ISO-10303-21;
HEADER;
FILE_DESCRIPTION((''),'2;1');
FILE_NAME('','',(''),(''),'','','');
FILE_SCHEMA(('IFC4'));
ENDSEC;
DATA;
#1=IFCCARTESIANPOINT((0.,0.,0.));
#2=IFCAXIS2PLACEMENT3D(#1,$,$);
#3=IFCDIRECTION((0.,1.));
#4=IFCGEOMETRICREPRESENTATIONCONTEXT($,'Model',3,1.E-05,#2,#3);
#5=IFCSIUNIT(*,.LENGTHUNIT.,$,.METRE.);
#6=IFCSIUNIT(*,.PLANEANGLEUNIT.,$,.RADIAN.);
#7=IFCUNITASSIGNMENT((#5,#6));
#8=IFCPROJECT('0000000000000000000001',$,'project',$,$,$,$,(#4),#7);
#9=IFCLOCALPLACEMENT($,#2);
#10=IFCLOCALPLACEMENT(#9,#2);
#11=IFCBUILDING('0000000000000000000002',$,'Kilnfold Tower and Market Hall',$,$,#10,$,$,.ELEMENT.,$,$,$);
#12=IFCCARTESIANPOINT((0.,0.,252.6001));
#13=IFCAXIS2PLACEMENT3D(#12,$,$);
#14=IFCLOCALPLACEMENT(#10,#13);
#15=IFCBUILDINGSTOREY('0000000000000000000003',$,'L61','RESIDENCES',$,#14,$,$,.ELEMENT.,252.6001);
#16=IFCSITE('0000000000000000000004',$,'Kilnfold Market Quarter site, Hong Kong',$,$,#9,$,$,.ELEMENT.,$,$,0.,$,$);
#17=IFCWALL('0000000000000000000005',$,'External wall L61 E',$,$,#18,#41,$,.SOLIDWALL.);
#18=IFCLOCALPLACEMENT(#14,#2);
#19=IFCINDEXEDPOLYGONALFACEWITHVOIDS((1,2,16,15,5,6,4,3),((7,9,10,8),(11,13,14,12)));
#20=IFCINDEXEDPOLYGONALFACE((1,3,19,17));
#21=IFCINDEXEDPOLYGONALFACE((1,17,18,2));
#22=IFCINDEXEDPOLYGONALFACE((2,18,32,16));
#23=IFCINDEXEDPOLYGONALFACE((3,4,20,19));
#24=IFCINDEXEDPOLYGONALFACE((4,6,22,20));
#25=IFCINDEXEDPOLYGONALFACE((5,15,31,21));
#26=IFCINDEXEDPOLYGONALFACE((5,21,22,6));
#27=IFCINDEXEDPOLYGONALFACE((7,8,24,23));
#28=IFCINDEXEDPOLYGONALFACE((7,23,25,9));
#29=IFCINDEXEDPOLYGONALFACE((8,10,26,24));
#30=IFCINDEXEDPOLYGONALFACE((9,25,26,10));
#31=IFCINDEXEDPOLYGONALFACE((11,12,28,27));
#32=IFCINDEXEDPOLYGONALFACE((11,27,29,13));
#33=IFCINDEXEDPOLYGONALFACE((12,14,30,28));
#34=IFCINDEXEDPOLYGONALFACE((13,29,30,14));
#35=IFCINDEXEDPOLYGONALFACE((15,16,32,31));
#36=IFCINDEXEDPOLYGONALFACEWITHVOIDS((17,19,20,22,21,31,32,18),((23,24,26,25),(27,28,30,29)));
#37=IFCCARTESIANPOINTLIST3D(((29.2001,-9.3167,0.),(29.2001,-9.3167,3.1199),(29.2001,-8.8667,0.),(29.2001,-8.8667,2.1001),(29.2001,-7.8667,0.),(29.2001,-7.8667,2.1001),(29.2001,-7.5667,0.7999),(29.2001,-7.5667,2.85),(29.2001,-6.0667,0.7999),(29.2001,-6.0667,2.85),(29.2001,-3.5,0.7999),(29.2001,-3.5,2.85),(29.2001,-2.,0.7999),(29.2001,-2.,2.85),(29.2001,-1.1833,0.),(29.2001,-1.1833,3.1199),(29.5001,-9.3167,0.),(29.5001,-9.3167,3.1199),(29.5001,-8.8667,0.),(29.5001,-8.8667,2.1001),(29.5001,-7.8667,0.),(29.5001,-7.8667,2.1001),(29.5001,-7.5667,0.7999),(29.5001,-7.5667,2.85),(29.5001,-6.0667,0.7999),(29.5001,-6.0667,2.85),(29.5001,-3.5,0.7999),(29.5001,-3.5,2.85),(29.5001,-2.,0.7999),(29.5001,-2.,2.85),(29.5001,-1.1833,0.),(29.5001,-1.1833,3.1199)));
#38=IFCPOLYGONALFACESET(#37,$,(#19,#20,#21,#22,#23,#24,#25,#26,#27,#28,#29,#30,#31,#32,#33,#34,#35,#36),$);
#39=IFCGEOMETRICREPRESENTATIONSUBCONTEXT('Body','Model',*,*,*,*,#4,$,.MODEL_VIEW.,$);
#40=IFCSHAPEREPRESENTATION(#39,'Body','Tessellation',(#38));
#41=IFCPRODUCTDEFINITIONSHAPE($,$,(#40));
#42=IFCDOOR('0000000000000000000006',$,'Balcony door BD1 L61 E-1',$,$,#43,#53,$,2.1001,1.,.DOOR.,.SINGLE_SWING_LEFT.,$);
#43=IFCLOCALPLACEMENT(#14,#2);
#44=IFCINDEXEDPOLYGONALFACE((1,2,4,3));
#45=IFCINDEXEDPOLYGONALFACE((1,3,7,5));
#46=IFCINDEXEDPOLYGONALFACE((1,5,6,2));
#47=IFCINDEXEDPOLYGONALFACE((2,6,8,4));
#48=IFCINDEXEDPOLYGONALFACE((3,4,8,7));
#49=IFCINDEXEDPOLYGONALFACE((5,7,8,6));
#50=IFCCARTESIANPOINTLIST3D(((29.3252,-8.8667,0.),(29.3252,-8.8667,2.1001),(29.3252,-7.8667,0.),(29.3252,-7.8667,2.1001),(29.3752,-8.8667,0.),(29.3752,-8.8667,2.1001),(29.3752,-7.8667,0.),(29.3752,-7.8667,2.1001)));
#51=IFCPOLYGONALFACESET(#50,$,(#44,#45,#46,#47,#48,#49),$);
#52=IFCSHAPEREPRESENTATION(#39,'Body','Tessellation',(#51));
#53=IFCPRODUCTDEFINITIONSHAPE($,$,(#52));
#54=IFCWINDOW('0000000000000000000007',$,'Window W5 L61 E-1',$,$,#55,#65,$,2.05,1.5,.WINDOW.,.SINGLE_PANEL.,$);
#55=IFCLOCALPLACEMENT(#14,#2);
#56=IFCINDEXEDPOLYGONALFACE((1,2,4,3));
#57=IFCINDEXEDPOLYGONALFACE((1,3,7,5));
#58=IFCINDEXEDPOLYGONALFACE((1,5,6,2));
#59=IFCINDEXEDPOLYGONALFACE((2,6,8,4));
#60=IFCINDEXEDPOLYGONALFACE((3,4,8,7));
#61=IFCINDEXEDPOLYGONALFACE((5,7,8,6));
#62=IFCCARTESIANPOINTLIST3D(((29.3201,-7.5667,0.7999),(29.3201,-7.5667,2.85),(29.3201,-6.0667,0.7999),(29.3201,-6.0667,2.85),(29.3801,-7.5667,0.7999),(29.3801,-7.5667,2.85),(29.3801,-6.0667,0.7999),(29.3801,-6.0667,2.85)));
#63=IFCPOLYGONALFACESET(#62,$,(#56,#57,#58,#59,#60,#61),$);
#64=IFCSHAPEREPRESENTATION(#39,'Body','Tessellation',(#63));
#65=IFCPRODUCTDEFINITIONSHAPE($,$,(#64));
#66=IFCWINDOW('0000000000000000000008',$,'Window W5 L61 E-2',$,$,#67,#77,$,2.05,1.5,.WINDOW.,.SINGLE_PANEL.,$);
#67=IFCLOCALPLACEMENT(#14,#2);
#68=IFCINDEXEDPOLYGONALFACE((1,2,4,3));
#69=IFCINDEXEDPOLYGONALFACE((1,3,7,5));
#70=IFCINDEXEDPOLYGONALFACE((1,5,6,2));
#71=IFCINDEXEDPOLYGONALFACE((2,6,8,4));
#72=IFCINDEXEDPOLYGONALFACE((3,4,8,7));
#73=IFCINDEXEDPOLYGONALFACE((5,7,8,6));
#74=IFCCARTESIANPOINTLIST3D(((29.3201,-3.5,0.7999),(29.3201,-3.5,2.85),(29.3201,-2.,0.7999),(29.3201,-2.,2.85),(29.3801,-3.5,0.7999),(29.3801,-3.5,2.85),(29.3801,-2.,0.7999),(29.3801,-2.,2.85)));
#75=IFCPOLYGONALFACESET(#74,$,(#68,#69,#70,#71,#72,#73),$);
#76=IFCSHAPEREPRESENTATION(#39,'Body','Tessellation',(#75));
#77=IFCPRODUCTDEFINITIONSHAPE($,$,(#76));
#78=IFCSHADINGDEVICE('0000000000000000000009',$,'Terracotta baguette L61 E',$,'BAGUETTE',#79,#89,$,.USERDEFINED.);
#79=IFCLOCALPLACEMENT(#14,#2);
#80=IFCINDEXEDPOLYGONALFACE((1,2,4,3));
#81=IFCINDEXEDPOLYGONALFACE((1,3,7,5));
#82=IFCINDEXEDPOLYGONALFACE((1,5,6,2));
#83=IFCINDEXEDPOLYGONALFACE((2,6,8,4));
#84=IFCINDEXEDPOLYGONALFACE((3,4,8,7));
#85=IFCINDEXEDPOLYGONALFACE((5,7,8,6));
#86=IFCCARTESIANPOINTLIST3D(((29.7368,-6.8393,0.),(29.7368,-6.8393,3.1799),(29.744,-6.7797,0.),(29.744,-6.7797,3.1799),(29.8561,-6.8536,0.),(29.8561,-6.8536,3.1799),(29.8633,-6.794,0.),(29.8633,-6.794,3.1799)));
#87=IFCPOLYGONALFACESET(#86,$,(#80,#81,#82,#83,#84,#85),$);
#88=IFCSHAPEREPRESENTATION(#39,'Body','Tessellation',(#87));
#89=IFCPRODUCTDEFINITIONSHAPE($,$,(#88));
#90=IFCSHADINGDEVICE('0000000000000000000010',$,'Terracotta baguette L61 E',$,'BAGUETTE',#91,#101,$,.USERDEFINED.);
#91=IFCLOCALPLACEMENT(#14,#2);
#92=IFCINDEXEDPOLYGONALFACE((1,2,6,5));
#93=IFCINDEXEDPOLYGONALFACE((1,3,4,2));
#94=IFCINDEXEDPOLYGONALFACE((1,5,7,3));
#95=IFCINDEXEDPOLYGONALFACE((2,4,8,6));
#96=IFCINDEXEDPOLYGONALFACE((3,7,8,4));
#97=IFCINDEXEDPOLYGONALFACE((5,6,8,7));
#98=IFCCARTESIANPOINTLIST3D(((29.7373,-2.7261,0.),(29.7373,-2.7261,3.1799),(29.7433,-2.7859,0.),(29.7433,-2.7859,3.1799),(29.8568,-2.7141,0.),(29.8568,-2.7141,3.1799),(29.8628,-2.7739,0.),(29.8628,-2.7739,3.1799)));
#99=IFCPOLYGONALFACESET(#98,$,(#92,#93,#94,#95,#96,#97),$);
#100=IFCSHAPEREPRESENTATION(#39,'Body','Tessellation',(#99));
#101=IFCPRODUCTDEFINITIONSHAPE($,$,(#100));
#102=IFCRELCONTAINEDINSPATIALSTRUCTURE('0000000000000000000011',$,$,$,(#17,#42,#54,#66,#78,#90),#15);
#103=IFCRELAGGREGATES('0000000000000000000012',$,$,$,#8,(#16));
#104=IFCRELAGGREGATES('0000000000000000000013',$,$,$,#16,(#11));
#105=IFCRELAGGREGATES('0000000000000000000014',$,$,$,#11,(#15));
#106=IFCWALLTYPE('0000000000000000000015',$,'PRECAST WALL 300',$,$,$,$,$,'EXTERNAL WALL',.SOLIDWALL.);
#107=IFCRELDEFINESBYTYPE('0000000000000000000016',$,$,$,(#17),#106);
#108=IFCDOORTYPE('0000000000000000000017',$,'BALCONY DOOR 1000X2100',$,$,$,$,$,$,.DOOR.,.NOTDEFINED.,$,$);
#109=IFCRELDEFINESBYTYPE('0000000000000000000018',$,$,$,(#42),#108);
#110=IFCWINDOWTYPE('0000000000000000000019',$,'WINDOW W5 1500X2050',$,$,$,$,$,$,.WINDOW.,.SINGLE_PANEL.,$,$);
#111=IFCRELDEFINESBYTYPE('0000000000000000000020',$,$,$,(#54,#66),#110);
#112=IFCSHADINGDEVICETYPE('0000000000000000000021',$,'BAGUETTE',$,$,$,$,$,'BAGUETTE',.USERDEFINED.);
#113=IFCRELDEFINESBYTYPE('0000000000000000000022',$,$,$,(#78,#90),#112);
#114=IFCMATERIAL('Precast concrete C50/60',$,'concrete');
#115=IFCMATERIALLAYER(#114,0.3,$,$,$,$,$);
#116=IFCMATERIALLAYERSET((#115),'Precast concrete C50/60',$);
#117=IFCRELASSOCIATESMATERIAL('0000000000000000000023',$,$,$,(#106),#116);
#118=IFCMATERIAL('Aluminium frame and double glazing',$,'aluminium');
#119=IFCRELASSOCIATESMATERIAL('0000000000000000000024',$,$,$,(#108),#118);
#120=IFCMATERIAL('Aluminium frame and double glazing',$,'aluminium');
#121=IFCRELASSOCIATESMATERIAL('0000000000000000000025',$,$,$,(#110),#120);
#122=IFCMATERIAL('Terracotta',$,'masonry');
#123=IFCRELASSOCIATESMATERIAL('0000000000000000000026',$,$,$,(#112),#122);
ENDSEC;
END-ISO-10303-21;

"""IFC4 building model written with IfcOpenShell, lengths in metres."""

from ifc_helpers import new_model, si_unit, direction, frame, frame_2d, origin, origin_2d, place, context, subcontext, project, spatial, rectangle, extrude, source, transform, mapped, material, layer, layer_set, material_profile, profile_set, type_object, element, fill, save


model = new_model("IFC4")

# Units and contexts
model_context = context("Model", 3, precision=1e-05, world=origin(), true_north=direction((0.0, 1.0)))
body_context = subcontext(model_context, "Body", "Model", "MODEL_VIEW")
ifc_project = project(units=[si_unit("LENGTHUNIT", "METRE"), si_unit("PLANEANGLEUNIT", "RADIAN")], contexts=[model_context])

# Site, building, storey
site_placement = place(None, origin())
site = spatial("IfcSite", under=ifc_project, at=site_placement, Name="Kilnfold Market Quarter site, Hong Kong", CompositionType="ELEMENT", RefElevation=0.0)
building_placement = place(site_placement, origin())
building = spatial("IfcBuilding", under=site, at=building_placement, Name="Kilnfold Tower and Market Hall", CompositionType="ELEMENT")
storey_placement = place(building_placement, frame((0.0, 0.0, 252.6001)))
storey = spatial("IfcBuildingStorey", under=building, at=storey_placement, Name="L61", Description="RESIDENCES", CompositionType="ELEMENT", Elevation=252.6001)

# Wall, openings, door, windows
ifc_material_1 = material(Name="Precast concrete C50/60", Category="concrete")
ifc_layer_1 = layer(ifc_material_1, 0.3)
ifc_layer_set_1 = layer_set([ifc_layer_1], Name="Precast concrete C50/60")
wall_type_1 = type_object("IfcWallType", Name="PRECAST WALL 300", ElementType="EXTERNAL WALL", PredefinedType="SOLIDWALL", material=ifc_layer_set_1)
shared_shape_1 = source(origin(), body_context, "Body", "SweptSolid", [
    extrude(rectangle(XDim=8.1333, YDim=0.3, at=frame_2d((4.0667, 0.0))), origin(), (0.0, 0.0, 1.0), 3.1199),
])
wall_1_placement = place(storey_placement, frame((29.3501, -9.3167, 0.0), z_axis=(0.0, 0.0, 1.0), x_axis=(0.0, 1.0, 0.0)))
wall_1 = element("IfcWall", 1, at=wall_1_placement, inside=storey, type_object=wall_type_1, Name="External wall L61 E", PredefinedType="SOLIDWALL", context=body_context, shape_type="MappedRepresentation", body=[
    mapped(shared_shape_1, transform((0.0, 0.0, 0.0))),
])
opening_1_placement = place(wall_1_placement, frame((1.75, 0.0, 0.8)))
opening_1 = element("IfcOpeningElement", 2, at=opening_1_placement, cuts=wall_1, PredefinedType="OPENING", context=body_context, shape_type="SweptSolid", body=[
    extrude(rectangle(XDim=1.5, YDim=2.05, at=frame_2d((0.75, 1.0249))), frame((0.0, 0.1602, 0.0), z_axis=(0.0, -1.0, 0.0), x_axis=(1.0, 0.0, 0.0)), (0.0, 0.0, 1.0), 0.3201),
])
opening_2_placement = place(wall_1_placement, frame((0.45, 0.0, 0.0)))
opening_2 = element("IfcOpeningElement", 3, at=opening_2_placement, cuts=wall_1, PredefinedType="OPENING", context=body_context, shape_type="SweptSolid", body=[
    extrude(rectangle(XDim=1.0, YDim=2.1001, at=frame_2d((0.5, 1.05))), frame((0.0, 0.1602, 0.0), z_axis=(0.0, -1.0, 0.0), x_axis=(1.0, 0.0, 0.0)), (0.0, 0.0, 1.0), 0.3201),
])
opening_3_placement = place(wall_1_placement, frame((5.8167, 0.0, 0.8)))
opening_3 = element("IfcOpeningElement", 4, at=opening_3_placement, cuts=wall_1, PredefinedType="OPENING", context=body_context, shape_type="SweptSolid", body=[
    extrude(rectangle(XDim=1.5, YDim=2.05, at=frame_2d((0.75, 1.0249))), frame((0.0, 0.1602, 0.0), z_axis=(0.0, -1.0, 0.0), x_axis=(1.0, 0.0, 0.0)), (0.0, 0.0, 1.0), 0.3201),
])
ifc_material_2 = material(Name="Aluminium frame and double glazing", Category="aluminium")
door_type_1 = type_object("IfcDoorType", Name="BALCONY DOOR 1000X2100", OperationType="NOTDEFINED", PredefinedType="DOOR", material=ifc_material_2)
door_1_placement = place(opening_2_placement, origin())
door_1 = element("IfcDoor", 5, at=door_1_placement, inside=storey, type_object=door_type_1, Name="Balcony door BD1 L61 E-1", OperationType="SINGLE_SWING_LEFT", OverallHeight=2.1001, OverallWidth=1.0, PredefinedType="DOOR", context=body_context, shape_type="SweptSolid", body=[
    extrude(rectangle(XDim=1.0, YDim=2.1001, at=frame_2d((0.5, 1.05))), frame((0.0, 0.0249, 0.0), z_axis=(0.0, -1.0, 0.0), x_axis=(1.0, 0.0, 0.0)), (0.0, 0.0, 1.0), 0.05),
])
fill(opening_2, door_1)
ifc_material_3 = material(Name="Aluminium frame and double glazing", Category="aluminium")
window_type = type_object("IfcWindowType", Name="WINDOW W5 1500X2050", PartitioningType="SINGLE_PANEL", PredefinedType="WINDOW", material=ifc_material_3)
window_1_placement = place(opening_1_placement, origin())
window_1 = element("IfcWindow", 6, at=window_1_placement, inside=storey, type_object=window_type, Name="Window W5 L61 E-1", OverallHeight=2.05, OverallWidth=1.5, PartitioningType="SINGLE_PANEL", PredefinedType="WINDOW", context=body_context, shape_type="SweptSolid", body=[
    extrude(rectangle(XDim=1.5, YDim=2.05, at=frame_2d((0.75, 1.0249))), frame((0.0, 0.03, 0.0), z_axis=(0.0, -1.0, 0.0), x_axis=(1.0, 0.0, 0.0)), (0.0, 0.0, 1.0), 0.0601),
])
fill(opening_1, window_1)
window_2_placement = place(opening_3_placement, origin())
window_2 = element("IfcWindow", 7, at=window_2_placement, inside=storey, type_object=window_type, Name="Window W5 L61 E-2", OverallHeight=2.05, OverallWidth=1.5, PartitioningType="SINGLE_PANEL", PredefinedType="WINDOW", context=body_context, shape_type="SweptSolid", body=[
    extrude(rectangle(XDim=1.5, YDim=2.05, at=frame_2d((0.75, 1.0249))), frame((0.0, 0.03, 0.0), z_axis=(0.0, -1.0, 0.0), x_axis=(1.0, 0.0, 0.0)), (0.0, 0.0, 1.0), 0.0601),
])
fill(opening_3, window_2)

# Shading devices
ifc_material_4 = material(Name="Terracotta", Category="masonry")
ifc_material_profile_1 = material_profile(ifc_material_4, rectangle(XDim=0.0601, YDim=0.1201, at=origin_2d()), Name="BAG 60x120")
ifc_profile_set_1 = profile_set([ifc_material_profile_1], Name="Terracotta")
shading_device_type = type_object("IfcShadingDeviceType", Name="BAGUETTE", ElementType="BAGUETTE", PredefinedType="USERDEFINED", material=ifc_profile_set_1)
shared_shape_2 = source(origin(), body_context, "Body", "SweptSolid", [
    extrude(rectangle(XDim=0.0601, YDim=0.1201, at=origin_2d()), origin(), (0.0, 0.0, 1.0), 3.1799),
])
for number, where, z_axis, x_axis, name in (
    (8, (29.8, -6.8167, 0.0), (0.0, 0.0, 1.0), (0.118964, 0.992899, 0.0), "Terracotta baguette L61 E"),
    (9, (29.8, -2.75, 0.0), (0.0, 0.0, 1.0), (-0.100134, 0.994974, 0.0), "Terracotta baguette L61 E"),
):
    element("IfcShadingDevice", number, at=place(storey_placement, frame(where, z_axis=z_axis, x_axis=x_axis)), inside=storey, type_object=shading_device_type, Name=name, ObjectType="BAGUETTE", PredefinedType="USERDEFINED", context=body_context, shape_type="MappedRepresentation", body=[
        mapped(shared_shape_2, transform((0.0, 0.0, 0.0))),
    ])

save(model, "model.ifc")
